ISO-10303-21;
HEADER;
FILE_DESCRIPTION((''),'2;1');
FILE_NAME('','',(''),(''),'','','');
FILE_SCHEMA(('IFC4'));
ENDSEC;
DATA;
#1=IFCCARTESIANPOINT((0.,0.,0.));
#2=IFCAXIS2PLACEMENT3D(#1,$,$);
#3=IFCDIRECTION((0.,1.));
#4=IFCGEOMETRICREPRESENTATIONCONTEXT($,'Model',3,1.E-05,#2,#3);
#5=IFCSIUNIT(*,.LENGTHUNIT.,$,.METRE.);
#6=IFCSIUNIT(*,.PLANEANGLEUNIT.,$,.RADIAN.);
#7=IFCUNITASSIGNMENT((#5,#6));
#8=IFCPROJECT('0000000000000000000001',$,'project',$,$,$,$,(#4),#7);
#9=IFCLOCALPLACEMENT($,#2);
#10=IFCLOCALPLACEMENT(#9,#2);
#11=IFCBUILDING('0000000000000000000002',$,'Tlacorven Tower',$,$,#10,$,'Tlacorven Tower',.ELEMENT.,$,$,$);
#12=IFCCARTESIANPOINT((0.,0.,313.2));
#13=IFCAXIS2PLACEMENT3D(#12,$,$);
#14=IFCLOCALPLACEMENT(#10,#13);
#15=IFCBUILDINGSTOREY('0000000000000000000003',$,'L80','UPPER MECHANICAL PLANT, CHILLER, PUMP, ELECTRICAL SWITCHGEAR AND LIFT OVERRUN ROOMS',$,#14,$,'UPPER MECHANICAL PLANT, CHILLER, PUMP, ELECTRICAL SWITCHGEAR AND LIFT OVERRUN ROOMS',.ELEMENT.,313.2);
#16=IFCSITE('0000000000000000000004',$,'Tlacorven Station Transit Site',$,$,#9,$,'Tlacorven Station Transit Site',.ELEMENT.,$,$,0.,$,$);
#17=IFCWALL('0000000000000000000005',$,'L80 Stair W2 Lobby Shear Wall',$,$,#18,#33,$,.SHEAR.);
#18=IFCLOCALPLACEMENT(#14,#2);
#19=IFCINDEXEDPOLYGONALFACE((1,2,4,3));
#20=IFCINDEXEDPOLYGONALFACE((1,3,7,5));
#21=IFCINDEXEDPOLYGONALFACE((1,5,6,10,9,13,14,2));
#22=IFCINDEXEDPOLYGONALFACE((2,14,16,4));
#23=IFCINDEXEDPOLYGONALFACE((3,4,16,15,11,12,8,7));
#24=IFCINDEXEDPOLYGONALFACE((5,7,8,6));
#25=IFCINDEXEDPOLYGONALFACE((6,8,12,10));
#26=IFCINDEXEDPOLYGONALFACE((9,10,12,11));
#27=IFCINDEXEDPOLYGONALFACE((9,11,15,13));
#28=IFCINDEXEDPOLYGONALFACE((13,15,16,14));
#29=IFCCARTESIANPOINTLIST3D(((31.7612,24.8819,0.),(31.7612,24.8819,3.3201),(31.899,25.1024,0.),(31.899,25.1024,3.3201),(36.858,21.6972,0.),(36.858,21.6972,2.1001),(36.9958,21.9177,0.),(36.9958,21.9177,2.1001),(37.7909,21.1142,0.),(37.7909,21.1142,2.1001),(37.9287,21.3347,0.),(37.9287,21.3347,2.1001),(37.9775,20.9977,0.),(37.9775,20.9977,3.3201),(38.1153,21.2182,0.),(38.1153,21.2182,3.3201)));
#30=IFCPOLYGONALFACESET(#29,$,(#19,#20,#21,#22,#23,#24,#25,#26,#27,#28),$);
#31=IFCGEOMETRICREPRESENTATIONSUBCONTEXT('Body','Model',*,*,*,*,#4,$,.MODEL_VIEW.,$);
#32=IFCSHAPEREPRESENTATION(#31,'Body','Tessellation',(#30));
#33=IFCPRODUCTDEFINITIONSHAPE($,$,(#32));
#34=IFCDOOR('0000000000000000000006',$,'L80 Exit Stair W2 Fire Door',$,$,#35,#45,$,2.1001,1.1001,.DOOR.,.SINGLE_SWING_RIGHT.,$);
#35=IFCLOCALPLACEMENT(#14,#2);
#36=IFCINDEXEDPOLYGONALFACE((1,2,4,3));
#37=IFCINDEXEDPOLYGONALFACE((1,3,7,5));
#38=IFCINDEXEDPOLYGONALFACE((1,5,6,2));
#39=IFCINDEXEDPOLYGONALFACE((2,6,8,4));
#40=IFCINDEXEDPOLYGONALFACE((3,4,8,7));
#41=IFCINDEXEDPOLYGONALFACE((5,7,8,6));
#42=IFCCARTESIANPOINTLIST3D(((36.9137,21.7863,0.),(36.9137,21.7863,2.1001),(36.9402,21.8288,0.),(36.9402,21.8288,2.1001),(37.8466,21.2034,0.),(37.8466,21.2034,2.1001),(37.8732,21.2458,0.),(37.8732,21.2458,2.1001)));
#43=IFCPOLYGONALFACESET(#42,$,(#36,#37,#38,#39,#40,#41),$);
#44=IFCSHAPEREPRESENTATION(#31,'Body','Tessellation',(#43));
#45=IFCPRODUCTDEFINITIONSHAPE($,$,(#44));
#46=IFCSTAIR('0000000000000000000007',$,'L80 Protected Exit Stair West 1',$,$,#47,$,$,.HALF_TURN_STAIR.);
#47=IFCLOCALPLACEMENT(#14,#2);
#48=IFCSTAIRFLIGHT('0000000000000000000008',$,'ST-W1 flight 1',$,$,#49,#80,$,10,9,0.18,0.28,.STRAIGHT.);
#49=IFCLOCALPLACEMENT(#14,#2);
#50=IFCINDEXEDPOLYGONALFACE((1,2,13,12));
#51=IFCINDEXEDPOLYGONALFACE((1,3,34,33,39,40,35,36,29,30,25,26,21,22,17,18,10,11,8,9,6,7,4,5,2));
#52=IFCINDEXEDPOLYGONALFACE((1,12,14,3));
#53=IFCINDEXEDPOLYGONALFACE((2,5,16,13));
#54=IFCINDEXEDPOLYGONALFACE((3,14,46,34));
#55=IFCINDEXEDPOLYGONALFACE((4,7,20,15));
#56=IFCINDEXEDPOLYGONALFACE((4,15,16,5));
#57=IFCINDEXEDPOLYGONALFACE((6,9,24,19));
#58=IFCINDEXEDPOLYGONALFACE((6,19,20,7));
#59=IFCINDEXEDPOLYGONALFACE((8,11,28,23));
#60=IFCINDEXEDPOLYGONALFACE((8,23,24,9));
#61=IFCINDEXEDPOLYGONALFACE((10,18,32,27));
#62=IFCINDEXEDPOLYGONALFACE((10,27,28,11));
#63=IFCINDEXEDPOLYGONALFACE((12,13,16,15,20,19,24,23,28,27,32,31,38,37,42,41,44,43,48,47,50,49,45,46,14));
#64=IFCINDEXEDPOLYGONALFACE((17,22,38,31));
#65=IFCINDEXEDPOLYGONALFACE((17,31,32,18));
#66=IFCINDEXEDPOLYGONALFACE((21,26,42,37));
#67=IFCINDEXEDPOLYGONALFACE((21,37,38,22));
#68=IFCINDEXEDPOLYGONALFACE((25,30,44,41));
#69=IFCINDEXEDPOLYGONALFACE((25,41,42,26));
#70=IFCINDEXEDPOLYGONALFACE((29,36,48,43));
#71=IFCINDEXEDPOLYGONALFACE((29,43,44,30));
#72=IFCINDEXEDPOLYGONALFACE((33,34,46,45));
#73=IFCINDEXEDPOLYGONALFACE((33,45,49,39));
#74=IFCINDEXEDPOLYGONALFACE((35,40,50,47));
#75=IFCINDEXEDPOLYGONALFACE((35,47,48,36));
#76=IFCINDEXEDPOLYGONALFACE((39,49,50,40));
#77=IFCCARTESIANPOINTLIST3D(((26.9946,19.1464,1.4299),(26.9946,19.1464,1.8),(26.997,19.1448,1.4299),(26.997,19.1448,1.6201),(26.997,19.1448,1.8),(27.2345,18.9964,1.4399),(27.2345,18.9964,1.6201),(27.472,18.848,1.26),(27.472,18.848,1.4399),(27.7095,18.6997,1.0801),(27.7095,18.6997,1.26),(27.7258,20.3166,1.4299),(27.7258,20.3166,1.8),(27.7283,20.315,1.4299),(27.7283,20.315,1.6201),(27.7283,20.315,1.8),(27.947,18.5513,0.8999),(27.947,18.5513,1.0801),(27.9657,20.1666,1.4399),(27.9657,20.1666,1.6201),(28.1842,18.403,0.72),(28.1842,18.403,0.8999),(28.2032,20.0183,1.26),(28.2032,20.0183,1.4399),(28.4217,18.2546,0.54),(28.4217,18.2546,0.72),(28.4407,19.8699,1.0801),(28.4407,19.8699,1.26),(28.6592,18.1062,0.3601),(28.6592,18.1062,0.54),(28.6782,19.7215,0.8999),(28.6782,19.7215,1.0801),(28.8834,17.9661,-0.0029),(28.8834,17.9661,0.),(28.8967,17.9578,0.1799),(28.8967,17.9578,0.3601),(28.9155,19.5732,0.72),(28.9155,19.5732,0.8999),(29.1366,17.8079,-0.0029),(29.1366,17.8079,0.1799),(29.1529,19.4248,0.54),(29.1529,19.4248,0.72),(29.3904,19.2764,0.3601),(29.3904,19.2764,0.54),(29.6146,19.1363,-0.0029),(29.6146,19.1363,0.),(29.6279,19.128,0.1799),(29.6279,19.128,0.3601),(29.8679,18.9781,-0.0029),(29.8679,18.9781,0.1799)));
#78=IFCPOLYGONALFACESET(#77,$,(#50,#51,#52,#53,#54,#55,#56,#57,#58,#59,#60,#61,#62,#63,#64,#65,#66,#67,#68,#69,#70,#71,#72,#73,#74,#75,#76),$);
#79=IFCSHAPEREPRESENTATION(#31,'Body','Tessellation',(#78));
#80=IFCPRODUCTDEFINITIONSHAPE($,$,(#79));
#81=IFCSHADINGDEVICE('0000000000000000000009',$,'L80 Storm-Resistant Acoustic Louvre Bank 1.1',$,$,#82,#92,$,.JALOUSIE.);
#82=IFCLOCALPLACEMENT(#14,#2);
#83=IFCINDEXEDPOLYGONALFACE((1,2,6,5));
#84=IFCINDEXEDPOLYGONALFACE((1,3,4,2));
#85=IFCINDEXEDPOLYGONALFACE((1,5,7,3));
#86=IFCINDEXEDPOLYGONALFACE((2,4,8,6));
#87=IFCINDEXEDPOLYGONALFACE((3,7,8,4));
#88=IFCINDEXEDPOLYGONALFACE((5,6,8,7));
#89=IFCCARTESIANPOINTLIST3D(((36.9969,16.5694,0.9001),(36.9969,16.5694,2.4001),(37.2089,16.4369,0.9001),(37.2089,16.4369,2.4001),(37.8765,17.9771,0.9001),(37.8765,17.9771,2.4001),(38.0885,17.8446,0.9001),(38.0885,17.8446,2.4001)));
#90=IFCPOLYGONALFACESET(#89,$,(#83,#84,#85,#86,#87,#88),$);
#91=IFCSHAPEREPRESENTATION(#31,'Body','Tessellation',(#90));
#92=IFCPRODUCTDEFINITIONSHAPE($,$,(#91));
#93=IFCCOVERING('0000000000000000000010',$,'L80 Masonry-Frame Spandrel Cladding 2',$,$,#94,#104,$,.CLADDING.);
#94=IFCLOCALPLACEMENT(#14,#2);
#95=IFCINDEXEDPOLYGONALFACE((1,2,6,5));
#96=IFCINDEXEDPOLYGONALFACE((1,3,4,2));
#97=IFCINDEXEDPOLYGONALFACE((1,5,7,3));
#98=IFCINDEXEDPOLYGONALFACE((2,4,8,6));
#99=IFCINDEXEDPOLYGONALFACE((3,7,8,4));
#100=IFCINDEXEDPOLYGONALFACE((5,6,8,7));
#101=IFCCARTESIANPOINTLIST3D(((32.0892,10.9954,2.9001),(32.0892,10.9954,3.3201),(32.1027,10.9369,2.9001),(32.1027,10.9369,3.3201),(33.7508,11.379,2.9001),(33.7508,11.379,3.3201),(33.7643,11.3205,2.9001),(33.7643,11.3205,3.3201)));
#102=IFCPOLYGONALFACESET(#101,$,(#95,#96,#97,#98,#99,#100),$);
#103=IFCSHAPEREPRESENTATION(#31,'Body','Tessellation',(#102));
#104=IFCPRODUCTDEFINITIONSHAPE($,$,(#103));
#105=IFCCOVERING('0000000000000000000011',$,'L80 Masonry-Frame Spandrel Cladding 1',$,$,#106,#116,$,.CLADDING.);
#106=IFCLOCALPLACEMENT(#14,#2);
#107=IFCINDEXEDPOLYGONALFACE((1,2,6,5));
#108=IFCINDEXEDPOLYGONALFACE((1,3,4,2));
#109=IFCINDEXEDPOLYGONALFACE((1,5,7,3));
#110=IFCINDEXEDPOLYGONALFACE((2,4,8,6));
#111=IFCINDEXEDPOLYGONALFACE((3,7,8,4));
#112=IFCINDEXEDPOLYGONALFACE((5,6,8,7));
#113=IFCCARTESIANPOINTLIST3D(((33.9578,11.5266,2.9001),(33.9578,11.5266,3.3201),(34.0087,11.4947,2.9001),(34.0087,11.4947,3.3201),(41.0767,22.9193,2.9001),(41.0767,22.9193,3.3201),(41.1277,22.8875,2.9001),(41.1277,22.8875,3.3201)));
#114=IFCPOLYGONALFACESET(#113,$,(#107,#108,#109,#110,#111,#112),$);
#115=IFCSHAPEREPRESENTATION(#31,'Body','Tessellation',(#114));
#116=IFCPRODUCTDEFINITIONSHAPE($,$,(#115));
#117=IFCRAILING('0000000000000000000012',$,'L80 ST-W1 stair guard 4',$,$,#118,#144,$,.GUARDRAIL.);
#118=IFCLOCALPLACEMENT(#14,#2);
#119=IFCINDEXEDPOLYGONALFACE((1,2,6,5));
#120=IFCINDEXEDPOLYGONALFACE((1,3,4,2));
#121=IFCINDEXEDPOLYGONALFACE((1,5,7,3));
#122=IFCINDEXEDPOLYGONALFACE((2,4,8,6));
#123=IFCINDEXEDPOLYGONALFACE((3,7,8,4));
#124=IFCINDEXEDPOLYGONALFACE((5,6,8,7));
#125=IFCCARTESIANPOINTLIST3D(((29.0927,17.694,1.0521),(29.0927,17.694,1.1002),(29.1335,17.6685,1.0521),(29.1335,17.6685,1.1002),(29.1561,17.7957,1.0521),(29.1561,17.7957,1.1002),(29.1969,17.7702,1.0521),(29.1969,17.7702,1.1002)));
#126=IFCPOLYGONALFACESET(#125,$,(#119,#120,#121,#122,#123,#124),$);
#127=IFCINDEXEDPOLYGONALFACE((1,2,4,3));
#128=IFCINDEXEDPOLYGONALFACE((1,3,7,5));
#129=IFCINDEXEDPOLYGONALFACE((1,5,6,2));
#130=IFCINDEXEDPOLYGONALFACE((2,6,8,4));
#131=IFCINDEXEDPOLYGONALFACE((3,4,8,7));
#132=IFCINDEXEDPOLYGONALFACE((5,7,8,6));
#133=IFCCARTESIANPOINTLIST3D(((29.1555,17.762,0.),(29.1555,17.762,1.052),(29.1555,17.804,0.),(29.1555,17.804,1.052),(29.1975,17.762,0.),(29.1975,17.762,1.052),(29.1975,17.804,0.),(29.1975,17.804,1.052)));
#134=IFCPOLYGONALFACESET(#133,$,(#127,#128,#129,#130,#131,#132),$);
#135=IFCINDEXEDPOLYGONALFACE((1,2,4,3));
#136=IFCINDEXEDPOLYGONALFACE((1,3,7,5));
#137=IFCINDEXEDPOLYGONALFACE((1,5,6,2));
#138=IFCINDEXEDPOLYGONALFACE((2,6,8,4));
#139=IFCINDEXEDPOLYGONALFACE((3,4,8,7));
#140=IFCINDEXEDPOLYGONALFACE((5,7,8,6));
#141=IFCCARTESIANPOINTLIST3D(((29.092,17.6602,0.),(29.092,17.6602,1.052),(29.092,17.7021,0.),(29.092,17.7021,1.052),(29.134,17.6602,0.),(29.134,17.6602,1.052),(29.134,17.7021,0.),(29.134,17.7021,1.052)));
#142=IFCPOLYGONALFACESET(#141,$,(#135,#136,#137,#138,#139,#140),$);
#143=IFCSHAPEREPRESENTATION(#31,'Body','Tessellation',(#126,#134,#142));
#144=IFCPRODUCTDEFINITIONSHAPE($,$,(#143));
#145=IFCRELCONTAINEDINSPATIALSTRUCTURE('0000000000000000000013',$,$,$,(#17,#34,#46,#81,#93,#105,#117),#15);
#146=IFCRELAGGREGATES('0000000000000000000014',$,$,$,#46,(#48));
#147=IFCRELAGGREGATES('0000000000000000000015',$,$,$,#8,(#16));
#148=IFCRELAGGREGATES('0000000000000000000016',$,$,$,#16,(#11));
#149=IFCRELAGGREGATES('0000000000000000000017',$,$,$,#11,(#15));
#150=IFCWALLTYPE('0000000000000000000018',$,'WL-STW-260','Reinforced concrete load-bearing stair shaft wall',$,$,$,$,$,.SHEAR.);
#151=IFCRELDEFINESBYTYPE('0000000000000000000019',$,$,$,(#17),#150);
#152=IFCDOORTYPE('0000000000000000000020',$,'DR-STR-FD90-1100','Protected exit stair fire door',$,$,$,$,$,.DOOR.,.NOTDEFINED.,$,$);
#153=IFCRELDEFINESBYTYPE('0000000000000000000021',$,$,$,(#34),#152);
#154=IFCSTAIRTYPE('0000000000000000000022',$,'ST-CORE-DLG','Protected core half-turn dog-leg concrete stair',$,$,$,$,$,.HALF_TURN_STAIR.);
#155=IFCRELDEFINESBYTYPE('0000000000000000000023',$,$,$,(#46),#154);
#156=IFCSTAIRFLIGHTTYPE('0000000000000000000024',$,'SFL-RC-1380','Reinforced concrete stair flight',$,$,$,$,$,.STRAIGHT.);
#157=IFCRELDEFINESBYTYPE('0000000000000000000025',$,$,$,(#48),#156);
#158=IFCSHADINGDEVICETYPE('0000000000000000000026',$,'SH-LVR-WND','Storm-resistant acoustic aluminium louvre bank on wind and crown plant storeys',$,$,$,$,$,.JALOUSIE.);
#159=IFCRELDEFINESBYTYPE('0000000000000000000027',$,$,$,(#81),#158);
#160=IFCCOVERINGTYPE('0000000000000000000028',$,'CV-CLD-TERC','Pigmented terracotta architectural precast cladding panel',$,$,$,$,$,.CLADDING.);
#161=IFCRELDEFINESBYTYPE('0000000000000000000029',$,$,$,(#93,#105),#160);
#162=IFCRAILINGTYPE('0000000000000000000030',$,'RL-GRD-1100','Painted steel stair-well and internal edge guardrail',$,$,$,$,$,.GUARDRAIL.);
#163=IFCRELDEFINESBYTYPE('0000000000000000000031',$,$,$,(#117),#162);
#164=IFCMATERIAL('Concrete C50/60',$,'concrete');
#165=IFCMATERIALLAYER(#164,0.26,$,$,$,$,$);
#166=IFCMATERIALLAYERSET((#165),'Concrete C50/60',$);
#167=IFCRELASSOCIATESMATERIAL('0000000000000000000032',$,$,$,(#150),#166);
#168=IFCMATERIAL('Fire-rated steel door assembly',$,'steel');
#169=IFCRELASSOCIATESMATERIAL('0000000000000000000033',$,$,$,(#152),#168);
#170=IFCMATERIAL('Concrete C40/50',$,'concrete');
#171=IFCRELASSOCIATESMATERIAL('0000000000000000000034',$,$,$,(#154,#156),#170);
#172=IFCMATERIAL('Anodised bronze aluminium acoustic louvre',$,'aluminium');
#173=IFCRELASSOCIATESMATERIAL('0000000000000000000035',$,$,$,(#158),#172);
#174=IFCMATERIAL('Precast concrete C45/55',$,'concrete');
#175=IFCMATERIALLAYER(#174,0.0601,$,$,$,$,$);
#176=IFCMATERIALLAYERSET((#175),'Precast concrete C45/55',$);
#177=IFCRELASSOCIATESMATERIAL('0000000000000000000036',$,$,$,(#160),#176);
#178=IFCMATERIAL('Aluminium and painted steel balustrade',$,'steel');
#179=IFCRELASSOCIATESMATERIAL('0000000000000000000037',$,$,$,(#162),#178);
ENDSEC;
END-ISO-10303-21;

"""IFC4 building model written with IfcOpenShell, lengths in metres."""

from ifc_helpers import new_model, si_unit, direction, frame, frame_2d, origin, origin_2d, place, context, subcontext, project, spatial, polyline, rectangle, outline, extrude, source, transform, mapped, material, layer, layer_set, type_object, element, fill, aggregate, save


model = new_model("IFC4")

# Units and contexts
model_context = context("Model", 3, precision=1e-05, world=origin(), true_north=direction((0.0, 1.0)))
body_context = subcontext(model_context, "Body", "Model", "MODEL_VIEW")
ifc_project = project(units=[si_unit("LENGTHUNIT", "METRE"), si_unit("PLANEANGLEUNIT", "RADIAN")], contexts=[model_context])

# Site, building, storey
site_placement = place(None, origin())
site = spatial("IfcSite", under=ifc_project, at=site_placement, Name="Tlacorven Station Transit Site", LongName="Tlacorven Station Transit Site", CompositionType="ELEMENT", RefElevation=0.0)
building_placement = place(site_placement, origin())
building = spatial("IfcBuilding", under=site, at=building_placement, Name="Tlacorven Tower", LongName="Tlacorven Tower", CompositionType="ELEMENT")
storey_placement = place(building_placement, frame((0.0, 0.0, 313.2)))
storey = spatial("IfcBuildingStorey", under=building, at=storey_placement, Name="L80", Description="UPPER MECHANICAL PLANT, CHILLER, PUMP, ELECTRICAL SWITCHGEAR AND LIFT OVERRUN ROOMS", LongName="UPPER MECHANICAL PLANT, CHILLER, PUMP, ELECTRICAL SWITCHGEAR AND LIFT OVERRUN ROOMS", CompositionType="ELEMENT", Elevation=313.2)

# Shared definitions
ifc_material_1 = material(Name="Concrete C50/60", Category="concrete")
ifc_material_2 = material(Name="Precast concrete C45/55", Category="concrete")

# Shared definitions
ifc_material_3 = material(Name="Concrete C40/50", Category="concrete")
ifc_material_4 = material(Name="Fire-rated steel door assembly", Category="steel")

# Shared definitions
ifc_layer_1 = layer(ifc_material_1, 0.26)
ifc_layer_set_1 = layer_set([ifc_layer_1], Name="Concrete C50/60")
wall_type_1 = type_object("IfcWallType", Name="WL-STW-260", Description="Reinforced concrete load-bearing stair shaft wall", PredefinedType="SHEAR", material=ifc_layer_set_1)

# Wall, opening, door
wall_1_placement = place(storey_placement, frame((38.0464, 21.1079, 0.0), z_axis=(0.0, 0.0, 1.0), x_axis=(-0.848054, 0.529909, 0.0)))
wall_1 = element("IfcWall", 1, at=wall_1_placement, inside=storey, type_object=wall_type_1, Name="L80 Stair W2 Lobby Shear Wall", PredefinedType="SHEAR", context=body_context, shape_type="SweptSolid", body=[
    extrude(rectangle(XDim=7.3301, YDim=0.26, at=frame_2d((3.665, 0.0))), origin(), (0.0, 0.0, 1.0), 3.3201),
])
opening_1_placement = place(wall_1_placement, frame((0.22, 0.0, 0.0)))
opening_1 = element("IfcOpeningElement", 2, at=opening_1_placement, cuts=wall_1, PredefinedType="OPENING", context=body_context, shape_type="SweptSolid", body=[
    extrude(rectangle(XDim=1.1001, YDim=2.1001, at=frame_2d((0.55, 1.05))), frame((0.0, 0.1401, 0.0), z_axis=(0.0, -1.0, 0.0), x_axis=(1.0, 0.0, 0.0)), (0.0, 0.0, 1.0), 0.28),
])
door_type_1 = type_object("IfcDoorType", Name="DR-STR-FD90-1100", Description="Protected exit stair fire door", OperationType="NOTDEFINED", PredefinedType="DOOR", material=ifc_material_4)
shared_shape_1 = source(origin(), body_context, "Body", "SweptSolid", [
    extrude(rectangle(XDim=1.1001, YDim=2.1001, at=frame_2d((0.55, 1.05))), frame((0.0, 0.0249, 0.0), z_axis=(0.0, -1.0, 0.0), x_axis=(1.0, 0.0, 0.0)), (0.0, 0.0, 1.0), 0.05),
])
door_1_placement = place(opening_1_placement, origin())
door_1 = element("IfcDoor", 3, at=door_1_placement, inside=storey, type_object=door_type_1, Name="L80 Exit Stair W2 Fire Door", OperationType="SINGLE_SWING_RIGHT", OverallHeight=2.1001, OverallWidth=1.1001, PredefinedType="DOOR", context=body_context, shape_type="MappedRepresentation", body=[
    mapped(shared_shape_1, transform((0.0, 0.0, 0.0), scale=1.0)),
])
fill(opening_1, door_1)

# Stair, stair flight
stair_type = type_object("IfcStairType", Name="ST-CORE-DLG", Description="Protected core half-turn dog-leg concrete stair", PredefinedType="HALF_TURN_STAIR", material=ifc_material_3)
stair_placement = place(storey_placement, origin())
stair = element("IfcStair", 4, at=stair_placement, inside=storey, type_object=stair_type, Name="L80 Protected Exit Stair West 1", PredefinedType="HALF_TURN_STAIR")
stair_flight_type = type_object("IfcStairFlightType", Name="SFL-RC-1380", Description="Reinforced concrete stair flight", PredefinedType="STRAIGHT", material=ifc_material_3)
shared_shape_2 = source(origin(), body_context, "Body", "SweptSolid", [
    extrude(outline(polyline([(-0.0029, -0.0029), (-0.0029, 0.1799), (0.28, 0.1799), (0.28, 0.3601), (0.5601, 0.3601), (0.5601, 0.54), (0.8401, 0.54), (0.8401, 0.72), (1.1201, 0.72), (1.1201, 0.8999), (1.3999, 0.8999), (1.3999, 1.0801), (1.6799, 1.0801), (1.6799, 1.26), (1.96, 1.26), (1.96, 1.4399), (2.24, 1.4399), (2.24, 1.6201), (2.52, 1.6201), (2.52, 1.8), (2.5229, 1.8), (2.5229, 1.4299), (2.52, 1.4299), (0.2957, 0.0), (0.2957, -0.0029), (-0.0029, -0.0029)])), frame((0.0, 0.6899, 0.0), z_axis=(0.0, -1.0, 0.0), x_axis=(1.0, 0.0, 0.0)), (0.0, 0.0, 1.0), 1.3799),
])
stair_flight_placement = place(storey_placement, frame((29.4998, 18.3945, 0.0), z_axis=(0.0, 0.0, 1.0), x_axis=(-0.848048, 0.529919, 0.0)))
stair_flight = element("IfcStairFlight", 5, at=stair_flight_placement, type_object=stair_flight_type, Name="ST-W1 flight 1", NumberOfRisers=10, NumberOfTreads=9, PredefinedType="STRAIGHT", RiserHeight=0.18, TreadLength=0.28, context=body_context, shape_type="MappedRepresentation", body=[
    mapped(shared_shape_2, transform((0.0, 0.0, 0.0), scale=1.0)),
])
aggregate(stair, [stair_flight])

# Shading device
ifc_material_5 = material(Name="Anodised bronze aluminium acoustic louvre", Category="aluminium")
shading_device_type = type_object("IfcShadingDeviceType", Name="SH-LVR-WND", Description="Storm-resistant acoustic aluminium louvre bank on wind and crown plant storeys", PredefinedType="JALOUSIE", material=ifc_material_5)
shared_shape_3 = source(origin(), body_context, "Body", "SweptSolid", [
    extrude(rectangle(XDim=1.6599, YDim=0.25, at=origin_2d()), origin(), (0.0, 0.0, 1.0), 1.5),
])
shading_device_placement = place(storey_placement, frame((37.5427, 17.207, 0.9001), z_axis=(0.0, 0.0, 1.0), x_axis=(-0.529919, -0.848048, 0.0)))
element("IfcShadingDevice", 6, at=shading_device_placement, inside=storey, type_object=shading_device_type, Name="L80 Storm-Resistant Acoustic Louvre Bank 1.1", PredefinedType="JALOUSIE", context=body_context, shape_type="MappedRepresentation", body=[
    mapped(shared_shape_3, transform((0.0, 0.0, 0.0), scale=1.0)),
])

# Coverings
ifc_layer_2 = layer(ifc_material_2, 0.0601)
ifc_layer_set_2 = layer_set([ifc_layer_2], Name="Precast concrete C45/55")
covering_type = type_object("IfcCoveringType", Name="CV-CLD-TERC", Description="Pigmented terracotta architectural precast cladding panel", PredefinedType="CLADDING", material=ifc_layer_set_2)
shared_shape_4 = source(origin(), body_context, "Body", "SweptSolid", [
    extrude(rectangle(XDim=1.7053, YDim=0.0601, at=origin_2d()), origin(), (0.0, 0.0, 1.0), 0.4199),
])
covering_1_placement = place(storey_placement, frame((32.9268, 11.158, 2.9001), z_axis=(0.0, 0.0, 1.0), x_axis=(-0.97437, -0.22495, 0.0)))
element("IfcCovering", 7, at=covering_1_placement, inside=storey, type_object=covering_type, Name="L80 Masonry-Frame Spandrel Cladding 2", PredefinedType="CLADDING", context=body_context, shape_type="MappedRepresentation", body=[
    mapped(shared_shape_4, transform((0.0, 0.0, 0.0), scale=1.0)),
])
shared_shape_5 = source(origin(), body_context, "Body", "SweptSolid", [
    extrude(rectangle(XDim=13.4341, YDim=0.0601, at=origin_2d()), origin(), (0.0, 0.0, 1.0), 0.4199),
])
covering_2_placement = place(storey_placement, frame((37.5427, 17.207, 2.9001), z_axis=(0.0, 0.0, 1.0), x_axis=(-0.529919, -0.848048, 0.0)))
element("IfcCovering", 8, at=covering_2_placement, inside=storey, type_object=covering_type, Name="L80 Masonry-Frame Spandrel Cladding 1", PredefinedType="CLADDING", context=body_context, shape_type="MappedRepresentation", body=[
    mapped(shared_shape_5, transform((0.0, 0.0, 0.0), scale=1.0)),
])

# Railing
ifc_material_6 = material(Name="Aluminium and painted steel balustrade", Category="steel")
railing_type_1 = type_object("IfcRailingType", Name="RL-GRD-1100", Description="Painted steel stair-well and internal edge guardrail", PredefinedType="GUARDRAIL", material=ifc_material_6)
shared_shape_6 = source(origin(), body_context, "Body", "SweptSolid", [
    extrude(rectangle(XDim=0.0481, YDim=0.0481, at=origin_2d()), frame((0.0, 0.0, 1.0762), z_axis=(-0.529084, -0.848569, 0.0), x_axis=(0.848569, -0.529084, 0.0)), (0.0, 0.0, 1.0), 0.1199),
    extrude(rectangle(XDim=0.042, YDim=0.042, at=origin_2d()), origin(), (0.0, 0.0, 1.0), 1.052),
    extrude(rectangle(XDim=0.042, YDim=0.042, at=origin_2d()), frame((-0.0635, -0.1018, 0.0)), (0.0, 0.0, 1.0), 1.052),
])
railing_1_placement = place(storey_placement, frame((29.1765, 17.783, 0.0)))
element("IfcRailing", 9, at=railing_1_placement, inside=storey, type_object=railing_type_1, Name="L80 ST-W1 stair guard 4", PredefinedType="GUARDRAIL", context=body_context, shape_type="MappedRepresentation", body=[
    mapped(shared_shape_6, transform((0.0, 0.0, 0.0), scale=1.0)),
])

save(model, "model.ifc")
